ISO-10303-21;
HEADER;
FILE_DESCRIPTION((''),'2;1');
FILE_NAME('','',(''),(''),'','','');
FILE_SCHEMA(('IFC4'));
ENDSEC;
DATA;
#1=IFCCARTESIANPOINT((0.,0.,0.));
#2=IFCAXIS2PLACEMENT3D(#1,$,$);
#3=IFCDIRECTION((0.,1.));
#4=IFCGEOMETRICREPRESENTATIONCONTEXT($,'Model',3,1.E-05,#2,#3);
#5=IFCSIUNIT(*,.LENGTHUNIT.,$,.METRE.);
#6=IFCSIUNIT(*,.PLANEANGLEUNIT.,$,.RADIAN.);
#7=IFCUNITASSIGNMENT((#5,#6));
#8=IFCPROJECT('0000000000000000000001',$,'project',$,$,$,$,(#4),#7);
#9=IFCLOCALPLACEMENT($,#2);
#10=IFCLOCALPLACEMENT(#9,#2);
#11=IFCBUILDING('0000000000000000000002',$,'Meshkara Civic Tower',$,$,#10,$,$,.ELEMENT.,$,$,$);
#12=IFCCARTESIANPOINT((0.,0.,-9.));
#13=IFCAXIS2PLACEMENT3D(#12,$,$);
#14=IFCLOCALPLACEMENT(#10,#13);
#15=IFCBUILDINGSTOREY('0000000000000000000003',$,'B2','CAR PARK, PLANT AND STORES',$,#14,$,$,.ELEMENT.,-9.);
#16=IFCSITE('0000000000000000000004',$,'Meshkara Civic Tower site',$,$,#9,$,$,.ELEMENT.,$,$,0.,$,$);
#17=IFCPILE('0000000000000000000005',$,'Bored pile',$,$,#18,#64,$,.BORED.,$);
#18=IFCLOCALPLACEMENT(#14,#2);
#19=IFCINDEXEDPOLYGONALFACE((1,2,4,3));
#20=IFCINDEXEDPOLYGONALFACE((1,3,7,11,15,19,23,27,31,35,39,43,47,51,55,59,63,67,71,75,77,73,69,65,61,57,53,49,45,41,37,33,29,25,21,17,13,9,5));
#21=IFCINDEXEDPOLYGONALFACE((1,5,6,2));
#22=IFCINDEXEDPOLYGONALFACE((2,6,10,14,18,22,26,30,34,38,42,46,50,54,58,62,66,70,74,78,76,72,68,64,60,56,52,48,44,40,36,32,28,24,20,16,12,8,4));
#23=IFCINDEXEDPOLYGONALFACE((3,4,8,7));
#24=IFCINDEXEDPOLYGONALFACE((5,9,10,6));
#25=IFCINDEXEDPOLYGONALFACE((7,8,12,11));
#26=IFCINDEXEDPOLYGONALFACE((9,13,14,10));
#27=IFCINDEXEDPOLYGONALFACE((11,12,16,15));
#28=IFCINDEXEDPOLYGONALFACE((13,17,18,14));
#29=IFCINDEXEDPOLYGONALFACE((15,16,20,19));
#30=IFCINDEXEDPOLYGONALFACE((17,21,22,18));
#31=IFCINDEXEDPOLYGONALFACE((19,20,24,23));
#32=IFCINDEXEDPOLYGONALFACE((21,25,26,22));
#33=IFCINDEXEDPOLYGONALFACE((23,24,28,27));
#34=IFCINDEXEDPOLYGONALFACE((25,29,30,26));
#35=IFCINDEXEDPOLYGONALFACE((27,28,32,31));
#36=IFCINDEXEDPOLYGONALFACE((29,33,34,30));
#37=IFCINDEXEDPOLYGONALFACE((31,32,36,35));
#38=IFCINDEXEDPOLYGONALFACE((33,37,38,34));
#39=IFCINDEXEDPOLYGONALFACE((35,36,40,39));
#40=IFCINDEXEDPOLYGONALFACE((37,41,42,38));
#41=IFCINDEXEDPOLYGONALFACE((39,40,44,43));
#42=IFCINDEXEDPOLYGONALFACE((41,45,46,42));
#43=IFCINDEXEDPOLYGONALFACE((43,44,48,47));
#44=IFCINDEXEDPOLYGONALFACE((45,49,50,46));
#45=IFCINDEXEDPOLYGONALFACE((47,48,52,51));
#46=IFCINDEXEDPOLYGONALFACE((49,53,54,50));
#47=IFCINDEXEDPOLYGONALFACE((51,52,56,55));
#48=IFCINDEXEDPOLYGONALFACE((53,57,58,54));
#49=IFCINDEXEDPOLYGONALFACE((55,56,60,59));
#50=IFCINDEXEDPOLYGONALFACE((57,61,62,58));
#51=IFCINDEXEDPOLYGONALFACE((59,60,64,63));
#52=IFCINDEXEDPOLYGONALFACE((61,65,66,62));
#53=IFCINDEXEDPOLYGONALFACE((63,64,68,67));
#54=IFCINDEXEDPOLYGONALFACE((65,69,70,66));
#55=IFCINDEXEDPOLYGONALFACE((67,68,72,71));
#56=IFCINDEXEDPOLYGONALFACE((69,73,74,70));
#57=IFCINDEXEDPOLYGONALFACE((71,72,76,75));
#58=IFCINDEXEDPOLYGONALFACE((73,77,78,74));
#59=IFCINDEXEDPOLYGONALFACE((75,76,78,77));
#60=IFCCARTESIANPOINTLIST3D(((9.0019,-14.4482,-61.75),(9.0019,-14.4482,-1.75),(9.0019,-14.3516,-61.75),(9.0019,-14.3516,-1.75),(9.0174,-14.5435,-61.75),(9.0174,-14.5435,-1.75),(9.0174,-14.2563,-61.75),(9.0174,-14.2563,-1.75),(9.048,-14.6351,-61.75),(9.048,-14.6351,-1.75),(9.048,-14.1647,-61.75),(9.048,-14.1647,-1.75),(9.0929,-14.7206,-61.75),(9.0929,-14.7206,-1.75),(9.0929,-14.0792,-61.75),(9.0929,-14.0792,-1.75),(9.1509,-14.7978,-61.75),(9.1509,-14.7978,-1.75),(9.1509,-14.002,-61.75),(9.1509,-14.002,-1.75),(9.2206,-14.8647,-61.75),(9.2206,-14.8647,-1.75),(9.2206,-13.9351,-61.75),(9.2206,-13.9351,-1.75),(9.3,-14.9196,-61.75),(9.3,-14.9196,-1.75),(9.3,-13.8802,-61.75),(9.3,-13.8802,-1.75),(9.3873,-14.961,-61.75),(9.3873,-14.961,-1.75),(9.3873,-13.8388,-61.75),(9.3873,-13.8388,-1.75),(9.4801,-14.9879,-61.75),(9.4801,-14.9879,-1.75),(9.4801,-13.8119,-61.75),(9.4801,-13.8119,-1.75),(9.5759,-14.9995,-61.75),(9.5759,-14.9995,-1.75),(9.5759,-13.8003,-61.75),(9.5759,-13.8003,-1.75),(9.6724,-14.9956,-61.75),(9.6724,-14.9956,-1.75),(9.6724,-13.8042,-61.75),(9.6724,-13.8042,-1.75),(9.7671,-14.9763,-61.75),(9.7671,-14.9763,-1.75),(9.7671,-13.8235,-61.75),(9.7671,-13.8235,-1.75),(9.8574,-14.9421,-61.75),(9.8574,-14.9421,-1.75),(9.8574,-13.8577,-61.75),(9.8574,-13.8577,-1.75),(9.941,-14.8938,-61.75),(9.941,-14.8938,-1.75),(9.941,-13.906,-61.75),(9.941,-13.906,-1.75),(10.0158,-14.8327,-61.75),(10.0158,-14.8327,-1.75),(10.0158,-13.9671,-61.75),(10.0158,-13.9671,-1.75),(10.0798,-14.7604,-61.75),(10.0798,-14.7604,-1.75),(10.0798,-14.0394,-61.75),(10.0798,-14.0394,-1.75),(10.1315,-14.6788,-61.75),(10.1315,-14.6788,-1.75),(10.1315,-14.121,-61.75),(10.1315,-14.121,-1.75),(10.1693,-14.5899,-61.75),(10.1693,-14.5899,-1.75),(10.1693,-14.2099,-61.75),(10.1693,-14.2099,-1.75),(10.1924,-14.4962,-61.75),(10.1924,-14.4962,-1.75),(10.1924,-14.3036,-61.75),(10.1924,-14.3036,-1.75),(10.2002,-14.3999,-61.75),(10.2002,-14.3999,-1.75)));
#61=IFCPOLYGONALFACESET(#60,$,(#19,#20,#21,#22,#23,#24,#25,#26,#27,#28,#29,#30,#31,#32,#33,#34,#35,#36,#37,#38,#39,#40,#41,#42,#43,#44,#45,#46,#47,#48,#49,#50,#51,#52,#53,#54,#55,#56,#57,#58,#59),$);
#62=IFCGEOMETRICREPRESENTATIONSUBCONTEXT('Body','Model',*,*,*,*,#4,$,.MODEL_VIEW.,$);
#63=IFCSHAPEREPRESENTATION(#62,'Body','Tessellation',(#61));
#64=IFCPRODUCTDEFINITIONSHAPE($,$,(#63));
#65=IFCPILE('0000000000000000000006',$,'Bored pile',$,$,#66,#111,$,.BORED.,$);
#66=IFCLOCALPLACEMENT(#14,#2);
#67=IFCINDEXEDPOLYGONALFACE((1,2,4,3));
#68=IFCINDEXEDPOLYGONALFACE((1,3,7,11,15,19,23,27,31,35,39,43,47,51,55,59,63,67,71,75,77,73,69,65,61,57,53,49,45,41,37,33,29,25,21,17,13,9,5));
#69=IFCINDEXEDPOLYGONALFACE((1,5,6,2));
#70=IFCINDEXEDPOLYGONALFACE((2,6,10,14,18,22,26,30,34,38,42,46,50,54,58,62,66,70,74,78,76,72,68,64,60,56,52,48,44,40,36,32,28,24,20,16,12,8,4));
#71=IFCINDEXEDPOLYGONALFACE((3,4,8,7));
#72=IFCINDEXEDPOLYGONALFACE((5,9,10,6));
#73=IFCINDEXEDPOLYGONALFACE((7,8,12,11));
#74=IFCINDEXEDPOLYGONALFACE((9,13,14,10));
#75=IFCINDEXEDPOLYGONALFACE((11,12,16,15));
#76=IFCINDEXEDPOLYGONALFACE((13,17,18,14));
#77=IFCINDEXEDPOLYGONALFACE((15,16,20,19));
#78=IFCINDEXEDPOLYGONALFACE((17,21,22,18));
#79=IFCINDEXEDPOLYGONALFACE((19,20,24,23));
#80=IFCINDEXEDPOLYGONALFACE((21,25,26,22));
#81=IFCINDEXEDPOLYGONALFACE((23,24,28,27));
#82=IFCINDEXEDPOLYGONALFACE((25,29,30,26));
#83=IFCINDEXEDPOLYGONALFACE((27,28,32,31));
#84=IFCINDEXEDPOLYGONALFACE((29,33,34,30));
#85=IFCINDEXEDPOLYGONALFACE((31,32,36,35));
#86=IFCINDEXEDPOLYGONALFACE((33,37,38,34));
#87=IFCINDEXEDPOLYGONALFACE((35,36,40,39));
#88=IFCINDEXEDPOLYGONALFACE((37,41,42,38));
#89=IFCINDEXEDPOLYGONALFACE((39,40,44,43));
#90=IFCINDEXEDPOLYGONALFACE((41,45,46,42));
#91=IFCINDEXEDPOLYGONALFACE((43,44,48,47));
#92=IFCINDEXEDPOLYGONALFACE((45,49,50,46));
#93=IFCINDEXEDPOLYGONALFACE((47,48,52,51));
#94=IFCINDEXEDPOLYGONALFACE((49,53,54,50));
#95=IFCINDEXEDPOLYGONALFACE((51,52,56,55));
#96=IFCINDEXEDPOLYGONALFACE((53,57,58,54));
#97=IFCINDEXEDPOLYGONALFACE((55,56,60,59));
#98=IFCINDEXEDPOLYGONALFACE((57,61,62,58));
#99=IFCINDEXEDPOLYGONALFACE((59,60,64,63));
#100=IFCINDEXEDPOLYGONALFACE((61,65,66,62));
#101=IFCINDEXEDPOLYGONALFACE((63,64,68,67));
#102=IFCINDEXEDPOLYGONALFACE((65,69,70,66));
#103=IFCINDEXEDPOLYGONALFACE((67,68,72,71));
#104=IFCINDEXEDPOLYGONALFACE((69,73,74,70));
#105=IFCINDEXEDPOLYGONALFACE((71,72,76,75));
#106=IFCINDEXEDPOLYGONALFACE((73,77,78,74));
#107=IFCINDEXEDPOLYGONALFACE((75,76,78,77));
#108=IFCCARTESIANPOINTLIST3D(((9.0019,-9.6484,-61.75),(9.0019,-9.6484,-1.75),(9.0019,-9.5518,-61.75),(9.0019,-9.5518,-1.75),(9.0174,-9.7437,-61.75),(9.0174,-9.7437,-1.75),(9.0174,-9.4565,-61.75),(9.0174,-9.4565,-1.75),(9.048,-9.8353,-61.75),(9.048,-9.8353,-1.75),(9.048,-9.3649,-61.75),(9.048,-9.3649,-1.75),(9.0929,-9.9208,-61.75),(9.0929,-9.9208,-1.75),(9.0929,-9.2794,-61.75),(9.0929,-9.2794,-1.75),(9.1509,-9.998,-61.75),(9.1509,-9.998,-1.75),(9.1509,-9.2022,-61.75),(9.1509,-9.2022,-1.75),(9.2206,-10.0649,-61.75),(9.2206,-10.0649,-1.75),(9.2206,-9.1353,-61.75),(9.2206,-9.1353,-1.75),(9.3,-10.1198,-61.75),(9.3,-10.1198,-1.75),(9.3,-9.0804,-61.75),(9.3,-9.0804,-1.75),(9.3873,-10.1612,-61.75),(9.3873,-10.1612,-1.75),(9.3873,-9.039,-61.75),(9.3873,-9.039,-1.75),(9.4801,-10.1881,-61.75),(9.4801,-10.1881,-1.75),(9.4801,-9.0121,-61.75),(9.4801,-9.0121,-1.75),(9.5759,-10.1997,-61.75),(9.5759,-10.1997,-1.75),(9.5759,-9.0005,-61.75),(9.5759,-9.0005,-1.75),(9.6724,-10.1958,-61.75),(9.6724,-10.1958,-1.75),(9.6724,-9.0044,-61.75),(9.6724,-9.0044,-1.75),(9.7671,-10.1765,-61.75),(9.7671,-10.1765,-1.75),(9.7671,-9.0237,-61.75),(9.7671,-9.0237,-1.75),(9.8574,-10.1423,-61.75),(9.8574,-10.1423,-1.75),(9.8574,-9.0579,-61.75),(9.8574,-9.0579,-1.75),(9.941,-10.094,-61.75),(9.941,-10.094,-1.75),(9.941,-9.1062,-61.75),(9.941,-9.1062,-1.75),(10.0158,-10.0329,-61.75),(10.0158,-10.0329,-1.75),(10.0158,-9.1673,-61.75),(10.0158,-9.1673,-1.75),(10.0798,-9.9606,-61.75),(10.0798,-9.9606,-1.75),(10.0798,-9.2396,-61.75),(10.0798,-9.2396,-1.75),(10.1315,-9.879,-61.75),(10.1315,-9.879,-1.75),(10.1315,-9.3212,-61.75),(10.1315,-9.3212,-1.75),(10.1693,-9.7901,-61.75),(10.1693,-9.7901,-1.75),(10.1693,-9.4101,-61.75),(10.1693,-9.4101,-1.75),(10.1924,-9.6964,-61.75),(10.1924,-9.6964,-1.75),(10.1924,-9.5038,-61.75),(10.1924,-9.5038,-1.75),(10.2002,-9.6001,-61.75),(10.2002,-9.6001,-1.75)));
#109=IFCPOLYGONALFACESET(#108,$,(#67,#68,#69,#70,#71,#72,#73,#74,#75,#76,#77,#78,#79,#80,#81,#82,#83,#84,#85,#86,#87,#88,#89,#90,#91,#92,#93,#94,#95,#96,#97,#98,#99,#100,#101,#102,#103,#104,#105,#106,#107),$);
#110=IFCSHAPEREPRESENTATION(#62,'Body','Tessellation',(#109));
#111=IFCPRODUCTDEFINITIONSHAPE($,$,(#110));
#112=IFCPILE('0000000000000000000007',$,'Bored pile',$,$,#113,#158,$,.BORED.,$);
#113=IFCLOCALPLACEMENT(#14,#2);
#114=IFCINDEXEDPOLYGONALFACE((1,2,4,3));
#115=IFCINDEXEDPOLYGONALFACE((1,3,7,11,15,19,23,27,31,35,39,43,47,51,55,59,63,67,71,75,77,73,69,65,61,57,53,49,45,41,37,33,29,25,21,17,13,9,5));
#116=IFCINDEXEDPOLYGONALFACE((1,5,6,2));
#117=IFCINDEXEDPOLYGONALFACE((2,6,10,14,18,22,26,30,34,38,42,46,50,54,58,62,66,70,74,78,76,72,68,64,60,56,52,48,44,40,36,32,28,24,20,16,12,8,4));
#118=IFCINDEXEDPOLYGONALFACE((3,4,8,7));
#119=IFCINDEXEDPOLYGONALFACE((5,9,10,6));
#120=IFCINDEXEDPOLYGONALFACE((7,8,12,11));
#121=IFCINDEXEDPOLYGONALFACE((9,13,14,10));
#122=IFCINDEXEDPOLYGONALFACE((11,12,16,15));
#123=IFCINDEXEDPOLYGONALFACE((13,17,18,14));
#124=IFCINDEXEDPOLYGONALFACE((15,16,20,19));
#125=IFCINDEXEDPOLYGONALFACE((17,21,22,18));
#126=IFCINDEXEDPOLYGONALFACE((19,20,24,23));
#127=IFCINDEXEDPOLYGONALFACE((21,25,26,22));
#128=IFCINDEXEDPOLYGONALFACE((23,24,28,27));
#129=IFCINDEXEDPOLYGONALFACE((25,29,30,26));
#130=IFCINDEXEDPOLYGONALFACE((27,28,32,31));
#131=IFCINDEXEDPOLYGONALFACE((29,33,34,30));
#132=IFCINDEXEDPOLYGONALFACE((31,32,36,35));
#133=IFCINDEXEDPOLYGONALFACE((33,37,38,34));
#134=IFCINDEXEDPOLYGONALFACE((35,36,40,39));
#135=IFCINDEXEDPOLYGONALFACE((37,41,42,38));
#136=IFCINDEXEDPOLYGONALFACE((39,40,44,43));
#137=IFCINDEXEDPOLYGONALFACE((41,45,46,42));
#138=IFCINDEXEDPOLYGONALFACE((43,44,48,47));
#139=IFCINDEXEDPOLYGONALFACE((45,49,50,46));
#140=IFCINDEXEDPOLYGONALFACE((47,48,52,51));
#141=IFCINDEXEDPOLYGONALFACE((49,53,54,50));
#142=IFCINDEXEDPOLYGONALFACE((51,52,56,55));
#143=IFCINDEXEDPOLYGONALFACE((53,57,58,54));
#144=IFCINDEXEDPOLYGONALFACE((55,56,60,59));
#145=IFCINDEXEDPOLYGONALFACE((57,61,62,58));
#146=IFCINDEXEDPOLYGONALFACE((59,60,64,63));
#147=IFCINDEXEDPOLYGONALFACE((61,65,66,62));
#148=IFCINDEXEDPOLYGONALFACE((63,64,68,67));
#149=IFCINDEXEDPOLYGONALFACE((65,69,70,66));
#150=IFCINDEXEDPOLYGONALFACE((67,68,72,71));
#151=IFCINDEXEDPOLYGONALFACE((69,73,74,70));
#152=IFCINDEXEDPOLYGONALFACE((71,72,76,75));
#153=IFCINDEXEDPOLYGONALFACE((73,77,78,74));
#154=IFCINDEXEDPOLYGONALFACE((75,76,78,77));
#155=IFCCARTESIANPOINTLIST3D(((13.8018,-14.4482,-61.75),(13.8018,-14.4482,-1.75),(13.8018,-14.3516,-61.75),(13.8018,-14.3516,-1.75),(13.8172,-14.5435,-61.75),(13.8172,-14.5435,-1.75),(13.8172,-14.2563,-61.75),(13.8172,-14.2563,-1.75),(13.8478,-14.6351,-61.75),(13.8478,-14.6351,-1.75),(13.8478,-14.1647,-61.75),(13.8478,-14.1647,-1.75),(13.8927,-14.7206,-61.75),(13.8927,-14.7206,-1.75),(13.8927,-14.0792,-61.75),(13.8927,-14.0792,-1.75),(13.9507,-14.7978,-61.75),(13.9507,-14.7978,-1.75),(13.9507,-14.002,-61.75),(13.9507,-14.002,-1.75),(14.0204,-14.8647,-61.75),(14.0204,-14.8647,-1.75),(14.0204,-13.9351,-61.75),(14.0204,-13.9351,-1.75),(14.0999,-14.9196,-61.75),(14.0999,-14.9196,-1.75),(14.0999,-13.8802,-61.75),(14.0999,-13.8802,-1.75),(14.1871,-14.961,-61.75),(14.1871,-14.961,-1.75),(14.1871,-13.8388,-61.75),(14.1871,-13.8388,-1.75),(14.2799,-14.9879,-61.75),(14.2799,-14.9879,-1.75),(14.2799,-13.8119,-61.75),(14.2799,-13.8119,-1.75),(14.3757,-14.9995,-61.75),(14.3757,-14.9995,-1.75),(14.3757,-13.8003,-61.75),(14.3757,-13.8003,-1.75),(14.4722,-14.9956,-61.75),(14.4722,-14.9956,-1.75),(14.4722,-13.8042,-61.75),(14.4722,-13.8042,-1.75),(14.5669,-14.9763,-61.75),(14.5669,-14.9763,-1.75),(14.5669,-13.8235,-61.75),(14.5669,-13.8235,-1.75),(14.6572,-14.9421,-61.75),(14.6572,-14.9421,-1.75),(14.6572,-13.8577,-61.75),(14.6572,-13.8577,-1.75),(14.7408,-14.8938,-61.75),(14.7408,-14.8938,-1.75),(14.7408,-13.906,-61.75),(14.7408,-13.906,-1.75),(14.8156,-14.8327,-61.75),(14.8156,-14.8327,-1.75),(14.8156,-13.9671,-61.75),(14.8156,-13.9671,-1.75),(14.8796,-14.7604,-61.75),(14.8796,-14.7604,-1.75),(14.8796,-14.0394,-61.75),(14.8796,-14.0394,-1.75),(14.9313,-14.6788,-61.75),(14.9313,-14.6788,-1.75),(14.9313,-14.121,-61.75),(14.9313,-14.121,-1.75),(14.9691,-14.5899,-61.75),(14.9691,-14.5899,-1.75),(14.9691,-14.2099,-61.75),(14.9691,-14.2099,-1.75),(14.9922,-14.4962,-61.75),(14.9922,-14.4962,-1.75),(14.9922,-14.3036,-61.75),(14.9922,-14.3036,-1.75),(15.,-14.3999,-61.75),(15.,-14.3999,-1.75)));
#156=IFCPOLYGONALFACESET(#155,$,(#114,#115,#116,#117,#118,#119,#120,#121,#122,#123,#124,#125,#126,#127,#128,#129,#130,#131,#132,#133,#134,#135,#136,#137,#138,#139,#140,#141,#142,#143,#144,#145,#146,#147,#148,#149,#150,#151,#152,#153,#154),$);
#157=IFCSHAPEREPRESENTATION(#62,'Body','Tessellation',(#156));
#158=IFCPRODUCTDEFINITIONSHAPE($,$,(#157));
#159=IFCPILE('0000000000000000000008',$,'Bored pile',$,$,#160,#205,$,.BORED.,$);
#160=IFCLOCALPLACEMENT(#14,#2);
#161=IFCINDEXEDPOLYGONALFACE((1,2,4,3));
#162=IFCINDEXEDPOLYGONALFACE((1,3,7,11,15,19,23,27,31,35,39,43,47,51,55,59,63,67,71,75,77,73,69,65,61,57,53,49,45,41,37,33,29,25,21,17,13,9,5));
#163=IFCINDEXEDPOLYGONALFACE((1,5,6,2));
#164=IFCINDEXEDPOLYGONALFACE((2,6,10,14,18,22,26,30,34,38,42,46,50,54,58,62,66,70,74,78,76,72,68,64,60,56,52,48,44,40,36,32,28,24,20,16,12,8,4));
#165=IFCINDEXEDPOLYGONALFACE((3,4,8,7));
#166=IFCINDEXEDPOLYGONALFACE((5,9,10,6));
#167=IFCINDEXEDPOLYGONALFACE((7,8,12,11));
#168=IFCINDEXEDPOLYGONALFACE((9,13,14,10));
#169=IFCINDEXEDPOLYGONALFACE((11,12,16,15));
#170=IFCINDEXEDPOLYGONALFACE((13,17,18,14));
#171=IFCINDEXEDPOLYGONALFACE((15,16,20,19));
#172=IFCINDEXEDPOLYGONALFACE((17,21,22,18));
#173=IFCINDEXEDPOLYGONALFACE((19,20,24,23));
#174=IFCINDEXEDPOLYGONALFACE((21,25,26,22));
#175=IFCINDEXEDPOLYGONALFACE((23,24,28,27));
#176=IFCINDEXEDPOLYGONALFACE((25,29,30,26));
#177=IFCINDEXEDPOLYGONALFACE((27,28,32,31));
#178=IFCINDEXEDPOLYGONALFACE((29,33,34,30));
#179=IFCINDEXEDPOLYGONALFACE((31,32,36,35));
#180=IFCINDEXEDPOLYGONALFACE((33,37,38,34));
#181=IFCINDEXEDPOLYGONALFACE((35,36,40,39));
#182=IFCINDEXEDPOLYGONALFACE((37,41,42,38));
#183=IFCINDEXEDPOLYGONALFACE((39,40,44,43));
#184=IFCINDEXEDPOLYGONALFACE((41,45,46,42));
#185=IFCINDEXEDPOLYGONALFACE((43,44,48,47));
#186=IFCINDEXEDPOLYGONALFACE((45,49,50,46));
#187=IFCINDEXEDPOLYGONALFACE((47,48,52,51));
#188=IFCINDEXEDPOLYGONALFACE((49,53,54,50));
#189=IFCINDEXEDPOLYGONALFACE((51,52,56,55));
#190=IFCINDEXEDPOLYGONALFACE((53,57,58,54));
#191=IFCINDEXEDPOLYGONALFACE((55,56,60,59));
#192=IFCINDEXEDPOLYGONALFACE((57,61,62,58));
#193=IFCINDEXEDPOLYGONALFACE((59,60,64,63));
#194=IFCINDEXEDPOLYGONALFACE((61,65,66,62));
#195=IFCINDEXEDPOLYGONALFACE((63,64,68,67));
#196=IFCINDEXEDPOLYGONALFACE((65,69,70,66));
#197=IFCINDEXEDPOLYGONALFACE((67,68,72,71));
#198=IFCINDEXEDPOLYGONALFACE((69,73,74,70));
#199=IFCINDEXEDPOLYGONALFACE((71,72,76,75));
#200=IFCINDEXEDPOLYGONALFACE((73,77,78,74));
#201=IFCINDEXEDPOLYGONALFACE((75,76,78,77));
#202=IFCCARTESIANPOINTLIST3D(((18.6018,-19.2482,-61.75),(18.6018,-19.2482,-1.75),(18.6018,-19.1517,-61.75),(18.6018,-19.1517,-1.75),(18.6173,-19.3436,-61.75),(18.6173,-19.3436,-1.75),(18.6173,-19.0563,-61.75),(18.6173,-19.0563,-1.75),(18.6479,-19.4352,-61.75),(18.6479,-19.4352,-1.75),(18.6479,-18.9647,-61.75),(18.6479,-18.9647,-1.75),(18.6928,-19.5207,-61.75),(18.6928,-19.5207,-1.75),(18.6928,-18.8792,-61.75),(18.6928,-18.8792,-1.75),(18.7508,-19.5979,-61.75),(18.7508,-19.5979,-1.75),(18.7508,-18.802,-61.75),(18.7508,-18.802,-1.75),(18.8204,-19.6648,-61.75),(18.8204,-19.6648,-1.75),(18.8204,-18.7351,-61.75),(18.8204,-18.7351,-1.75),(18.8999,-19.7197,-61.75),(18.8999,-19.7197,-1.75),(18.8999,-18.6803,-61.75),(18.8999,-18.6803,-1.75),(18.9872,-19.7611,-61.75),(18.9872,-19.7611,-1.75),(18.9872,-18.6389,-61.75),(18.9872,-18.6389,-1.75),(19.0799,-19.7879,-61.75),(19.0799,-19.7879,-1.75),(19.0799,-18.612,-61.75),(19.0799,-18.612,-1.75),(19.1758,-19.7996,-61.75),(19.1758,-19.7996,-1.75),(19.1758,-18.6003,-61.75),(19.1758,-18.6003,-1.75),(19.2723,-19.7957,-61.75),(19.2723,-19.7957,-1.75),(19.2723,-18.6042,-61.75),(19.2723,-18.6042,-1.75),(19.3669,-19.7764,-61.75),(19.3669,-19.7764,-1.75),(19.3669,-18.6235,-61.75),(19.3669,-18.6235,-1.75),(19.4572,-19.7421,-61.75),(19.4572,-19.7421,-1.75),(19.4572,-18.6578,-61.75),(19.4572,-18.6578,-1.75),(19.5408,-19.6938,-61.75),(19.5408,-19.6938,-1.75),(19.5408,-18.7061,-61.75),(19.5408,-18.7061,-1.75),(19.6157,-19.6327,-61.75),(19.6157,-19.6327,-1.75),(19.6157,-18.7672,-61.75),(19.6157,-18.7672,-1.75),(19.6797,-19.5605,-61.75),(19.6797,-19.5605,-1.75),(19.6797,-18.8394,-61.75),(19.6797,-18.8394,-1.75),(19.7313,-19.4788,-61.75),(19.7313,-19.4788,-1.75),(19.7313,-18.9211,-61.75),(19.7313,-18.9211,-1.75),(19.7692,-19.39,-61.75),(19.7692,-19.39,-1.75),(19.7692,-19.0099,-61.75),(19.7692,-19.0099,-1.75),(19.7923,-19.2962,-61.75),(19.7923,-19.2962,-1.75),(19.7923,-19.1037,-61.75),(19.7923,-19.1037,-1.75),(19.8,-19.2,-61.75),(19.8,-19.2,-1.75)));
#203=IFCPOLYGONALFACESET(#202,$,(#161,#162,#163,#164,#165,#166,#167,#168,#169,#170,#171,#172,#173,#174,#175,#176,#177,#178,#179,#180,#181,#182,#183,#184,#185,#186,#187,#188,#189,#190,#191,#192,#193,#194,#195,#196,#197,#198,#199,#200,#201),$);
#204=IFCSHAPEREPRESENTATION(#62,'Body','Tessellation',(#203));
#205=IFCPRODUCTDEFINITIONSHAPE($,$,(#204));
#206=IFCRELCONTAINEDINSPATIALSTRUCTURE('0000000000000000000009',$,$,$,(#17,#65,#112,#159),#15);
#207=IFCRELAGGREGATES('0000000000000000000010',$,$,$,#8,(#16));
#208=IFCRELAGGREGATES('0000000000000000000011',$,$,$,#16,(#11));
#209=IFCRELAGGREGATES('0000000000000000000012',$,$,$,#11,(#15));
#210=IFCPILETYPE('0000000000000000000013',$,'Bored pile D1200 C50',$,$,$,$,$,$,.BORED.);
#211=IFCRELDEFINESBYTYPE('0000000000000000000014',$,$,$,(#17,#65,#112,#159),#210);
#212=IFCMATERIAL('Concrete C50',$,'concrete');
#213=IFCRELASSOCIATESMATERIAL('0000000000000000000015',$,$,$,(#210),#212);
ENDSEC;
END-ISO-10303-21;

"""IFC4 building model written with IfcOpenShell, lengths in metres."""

from ifc_helpers import new_model, si_unit, direction, frame, origin, origin_2d, place, context, subcontext, project, spatial, circle, extrude, material, material_profile, profile_set, type_object, element, save


model = new_model("IFC4")

# Units and contexts
model_context = context("Model", 3, precision=1e-05, world=origin(), true_north=direction((0.0, 1.0)))
body_context = subcontext(model_context, "Body", "Model", "MODEL_VIEW")
ifc_project = project(units=[si_unit("LENGTHUNIT", "METRE"), si_unit("PLANEANGLEUNIT", "RADIAN")], contexts=[model_context])

# Site, building, storey
site_placement = place(None, origin())
site = spatial("IfcSite", under=ifc_project, at=site_placement, Name="Meshkara Civic Tower site", CompositionType="ELEMENT", RefElevation=0.0)
building_placement = place(site_placement, origin())
building = spatial("IfcBuilding", under=site, at=building_placement, Name="Meshkara Civic Tower", CompositionType="ELEMENT")
storey_placement = place(building_placement, frame((0.0, 0.0, -9.0)))
storey = spatial("IfcBuildingStorey", under=building, at=storey_placement, Name="B2", Description="CAR PARK, PLANT AND STORES", CompositionType="ELEMENT", Elevation=-9.0)

# Piles
ifc_material_1 = material(Name="Concrete C50", Category="concrete")
ifc_material_profile_1 = material_profile(ifc_material_1, circle(Radius=0.6001, at=origin_2d()))
ifc_profile_set_1 = profile_set([ifc_material_profile_1], Name="Concrete C50")
pile_type = type_object("IfcPileType", Name="Bored pile D1200 C50", PredefinedType="BORED", material=ifc_profile_set_1)
for number, where, z_axis, x_axis, name in (
    (1, (9.6001, -14.3999, -1.75), (0.0, 0.0, -1.0), (1.0, 0.0, 0.0), "Bored pile"),
    (2, (9.6001, -9.6001, -1.75), (0.0, 0.0, -1.0), (1.0, 0.0, 0.0), "Bored pile"),
    (3, (14.3999, -14.3999, -1.75), (0.0, 0.0, -1.0), (1.0, 0.0, 0.0), "Bored pile"),
    (4, (19.2, -19.2, -1.75), (0.0, 0.0, -1.0), (1.0, 0.0, 0.0), "Bored pile"),
):
    element("IfcPile", number, at=place(storey_placement, frame(where, z_axis=z_axis, x_axis=x_axis)), inside=storey, type_object=pile_type, Name=name, PredefinedType="BORED", context=body_context, shape_type="SweptSolid", body=[
        extrude(circle(Radius=0.6001, at=origin_2d()), origin(), (0.0, 0.0, 1.0), 60.0),
    ])

save(model, "model.ifc")
